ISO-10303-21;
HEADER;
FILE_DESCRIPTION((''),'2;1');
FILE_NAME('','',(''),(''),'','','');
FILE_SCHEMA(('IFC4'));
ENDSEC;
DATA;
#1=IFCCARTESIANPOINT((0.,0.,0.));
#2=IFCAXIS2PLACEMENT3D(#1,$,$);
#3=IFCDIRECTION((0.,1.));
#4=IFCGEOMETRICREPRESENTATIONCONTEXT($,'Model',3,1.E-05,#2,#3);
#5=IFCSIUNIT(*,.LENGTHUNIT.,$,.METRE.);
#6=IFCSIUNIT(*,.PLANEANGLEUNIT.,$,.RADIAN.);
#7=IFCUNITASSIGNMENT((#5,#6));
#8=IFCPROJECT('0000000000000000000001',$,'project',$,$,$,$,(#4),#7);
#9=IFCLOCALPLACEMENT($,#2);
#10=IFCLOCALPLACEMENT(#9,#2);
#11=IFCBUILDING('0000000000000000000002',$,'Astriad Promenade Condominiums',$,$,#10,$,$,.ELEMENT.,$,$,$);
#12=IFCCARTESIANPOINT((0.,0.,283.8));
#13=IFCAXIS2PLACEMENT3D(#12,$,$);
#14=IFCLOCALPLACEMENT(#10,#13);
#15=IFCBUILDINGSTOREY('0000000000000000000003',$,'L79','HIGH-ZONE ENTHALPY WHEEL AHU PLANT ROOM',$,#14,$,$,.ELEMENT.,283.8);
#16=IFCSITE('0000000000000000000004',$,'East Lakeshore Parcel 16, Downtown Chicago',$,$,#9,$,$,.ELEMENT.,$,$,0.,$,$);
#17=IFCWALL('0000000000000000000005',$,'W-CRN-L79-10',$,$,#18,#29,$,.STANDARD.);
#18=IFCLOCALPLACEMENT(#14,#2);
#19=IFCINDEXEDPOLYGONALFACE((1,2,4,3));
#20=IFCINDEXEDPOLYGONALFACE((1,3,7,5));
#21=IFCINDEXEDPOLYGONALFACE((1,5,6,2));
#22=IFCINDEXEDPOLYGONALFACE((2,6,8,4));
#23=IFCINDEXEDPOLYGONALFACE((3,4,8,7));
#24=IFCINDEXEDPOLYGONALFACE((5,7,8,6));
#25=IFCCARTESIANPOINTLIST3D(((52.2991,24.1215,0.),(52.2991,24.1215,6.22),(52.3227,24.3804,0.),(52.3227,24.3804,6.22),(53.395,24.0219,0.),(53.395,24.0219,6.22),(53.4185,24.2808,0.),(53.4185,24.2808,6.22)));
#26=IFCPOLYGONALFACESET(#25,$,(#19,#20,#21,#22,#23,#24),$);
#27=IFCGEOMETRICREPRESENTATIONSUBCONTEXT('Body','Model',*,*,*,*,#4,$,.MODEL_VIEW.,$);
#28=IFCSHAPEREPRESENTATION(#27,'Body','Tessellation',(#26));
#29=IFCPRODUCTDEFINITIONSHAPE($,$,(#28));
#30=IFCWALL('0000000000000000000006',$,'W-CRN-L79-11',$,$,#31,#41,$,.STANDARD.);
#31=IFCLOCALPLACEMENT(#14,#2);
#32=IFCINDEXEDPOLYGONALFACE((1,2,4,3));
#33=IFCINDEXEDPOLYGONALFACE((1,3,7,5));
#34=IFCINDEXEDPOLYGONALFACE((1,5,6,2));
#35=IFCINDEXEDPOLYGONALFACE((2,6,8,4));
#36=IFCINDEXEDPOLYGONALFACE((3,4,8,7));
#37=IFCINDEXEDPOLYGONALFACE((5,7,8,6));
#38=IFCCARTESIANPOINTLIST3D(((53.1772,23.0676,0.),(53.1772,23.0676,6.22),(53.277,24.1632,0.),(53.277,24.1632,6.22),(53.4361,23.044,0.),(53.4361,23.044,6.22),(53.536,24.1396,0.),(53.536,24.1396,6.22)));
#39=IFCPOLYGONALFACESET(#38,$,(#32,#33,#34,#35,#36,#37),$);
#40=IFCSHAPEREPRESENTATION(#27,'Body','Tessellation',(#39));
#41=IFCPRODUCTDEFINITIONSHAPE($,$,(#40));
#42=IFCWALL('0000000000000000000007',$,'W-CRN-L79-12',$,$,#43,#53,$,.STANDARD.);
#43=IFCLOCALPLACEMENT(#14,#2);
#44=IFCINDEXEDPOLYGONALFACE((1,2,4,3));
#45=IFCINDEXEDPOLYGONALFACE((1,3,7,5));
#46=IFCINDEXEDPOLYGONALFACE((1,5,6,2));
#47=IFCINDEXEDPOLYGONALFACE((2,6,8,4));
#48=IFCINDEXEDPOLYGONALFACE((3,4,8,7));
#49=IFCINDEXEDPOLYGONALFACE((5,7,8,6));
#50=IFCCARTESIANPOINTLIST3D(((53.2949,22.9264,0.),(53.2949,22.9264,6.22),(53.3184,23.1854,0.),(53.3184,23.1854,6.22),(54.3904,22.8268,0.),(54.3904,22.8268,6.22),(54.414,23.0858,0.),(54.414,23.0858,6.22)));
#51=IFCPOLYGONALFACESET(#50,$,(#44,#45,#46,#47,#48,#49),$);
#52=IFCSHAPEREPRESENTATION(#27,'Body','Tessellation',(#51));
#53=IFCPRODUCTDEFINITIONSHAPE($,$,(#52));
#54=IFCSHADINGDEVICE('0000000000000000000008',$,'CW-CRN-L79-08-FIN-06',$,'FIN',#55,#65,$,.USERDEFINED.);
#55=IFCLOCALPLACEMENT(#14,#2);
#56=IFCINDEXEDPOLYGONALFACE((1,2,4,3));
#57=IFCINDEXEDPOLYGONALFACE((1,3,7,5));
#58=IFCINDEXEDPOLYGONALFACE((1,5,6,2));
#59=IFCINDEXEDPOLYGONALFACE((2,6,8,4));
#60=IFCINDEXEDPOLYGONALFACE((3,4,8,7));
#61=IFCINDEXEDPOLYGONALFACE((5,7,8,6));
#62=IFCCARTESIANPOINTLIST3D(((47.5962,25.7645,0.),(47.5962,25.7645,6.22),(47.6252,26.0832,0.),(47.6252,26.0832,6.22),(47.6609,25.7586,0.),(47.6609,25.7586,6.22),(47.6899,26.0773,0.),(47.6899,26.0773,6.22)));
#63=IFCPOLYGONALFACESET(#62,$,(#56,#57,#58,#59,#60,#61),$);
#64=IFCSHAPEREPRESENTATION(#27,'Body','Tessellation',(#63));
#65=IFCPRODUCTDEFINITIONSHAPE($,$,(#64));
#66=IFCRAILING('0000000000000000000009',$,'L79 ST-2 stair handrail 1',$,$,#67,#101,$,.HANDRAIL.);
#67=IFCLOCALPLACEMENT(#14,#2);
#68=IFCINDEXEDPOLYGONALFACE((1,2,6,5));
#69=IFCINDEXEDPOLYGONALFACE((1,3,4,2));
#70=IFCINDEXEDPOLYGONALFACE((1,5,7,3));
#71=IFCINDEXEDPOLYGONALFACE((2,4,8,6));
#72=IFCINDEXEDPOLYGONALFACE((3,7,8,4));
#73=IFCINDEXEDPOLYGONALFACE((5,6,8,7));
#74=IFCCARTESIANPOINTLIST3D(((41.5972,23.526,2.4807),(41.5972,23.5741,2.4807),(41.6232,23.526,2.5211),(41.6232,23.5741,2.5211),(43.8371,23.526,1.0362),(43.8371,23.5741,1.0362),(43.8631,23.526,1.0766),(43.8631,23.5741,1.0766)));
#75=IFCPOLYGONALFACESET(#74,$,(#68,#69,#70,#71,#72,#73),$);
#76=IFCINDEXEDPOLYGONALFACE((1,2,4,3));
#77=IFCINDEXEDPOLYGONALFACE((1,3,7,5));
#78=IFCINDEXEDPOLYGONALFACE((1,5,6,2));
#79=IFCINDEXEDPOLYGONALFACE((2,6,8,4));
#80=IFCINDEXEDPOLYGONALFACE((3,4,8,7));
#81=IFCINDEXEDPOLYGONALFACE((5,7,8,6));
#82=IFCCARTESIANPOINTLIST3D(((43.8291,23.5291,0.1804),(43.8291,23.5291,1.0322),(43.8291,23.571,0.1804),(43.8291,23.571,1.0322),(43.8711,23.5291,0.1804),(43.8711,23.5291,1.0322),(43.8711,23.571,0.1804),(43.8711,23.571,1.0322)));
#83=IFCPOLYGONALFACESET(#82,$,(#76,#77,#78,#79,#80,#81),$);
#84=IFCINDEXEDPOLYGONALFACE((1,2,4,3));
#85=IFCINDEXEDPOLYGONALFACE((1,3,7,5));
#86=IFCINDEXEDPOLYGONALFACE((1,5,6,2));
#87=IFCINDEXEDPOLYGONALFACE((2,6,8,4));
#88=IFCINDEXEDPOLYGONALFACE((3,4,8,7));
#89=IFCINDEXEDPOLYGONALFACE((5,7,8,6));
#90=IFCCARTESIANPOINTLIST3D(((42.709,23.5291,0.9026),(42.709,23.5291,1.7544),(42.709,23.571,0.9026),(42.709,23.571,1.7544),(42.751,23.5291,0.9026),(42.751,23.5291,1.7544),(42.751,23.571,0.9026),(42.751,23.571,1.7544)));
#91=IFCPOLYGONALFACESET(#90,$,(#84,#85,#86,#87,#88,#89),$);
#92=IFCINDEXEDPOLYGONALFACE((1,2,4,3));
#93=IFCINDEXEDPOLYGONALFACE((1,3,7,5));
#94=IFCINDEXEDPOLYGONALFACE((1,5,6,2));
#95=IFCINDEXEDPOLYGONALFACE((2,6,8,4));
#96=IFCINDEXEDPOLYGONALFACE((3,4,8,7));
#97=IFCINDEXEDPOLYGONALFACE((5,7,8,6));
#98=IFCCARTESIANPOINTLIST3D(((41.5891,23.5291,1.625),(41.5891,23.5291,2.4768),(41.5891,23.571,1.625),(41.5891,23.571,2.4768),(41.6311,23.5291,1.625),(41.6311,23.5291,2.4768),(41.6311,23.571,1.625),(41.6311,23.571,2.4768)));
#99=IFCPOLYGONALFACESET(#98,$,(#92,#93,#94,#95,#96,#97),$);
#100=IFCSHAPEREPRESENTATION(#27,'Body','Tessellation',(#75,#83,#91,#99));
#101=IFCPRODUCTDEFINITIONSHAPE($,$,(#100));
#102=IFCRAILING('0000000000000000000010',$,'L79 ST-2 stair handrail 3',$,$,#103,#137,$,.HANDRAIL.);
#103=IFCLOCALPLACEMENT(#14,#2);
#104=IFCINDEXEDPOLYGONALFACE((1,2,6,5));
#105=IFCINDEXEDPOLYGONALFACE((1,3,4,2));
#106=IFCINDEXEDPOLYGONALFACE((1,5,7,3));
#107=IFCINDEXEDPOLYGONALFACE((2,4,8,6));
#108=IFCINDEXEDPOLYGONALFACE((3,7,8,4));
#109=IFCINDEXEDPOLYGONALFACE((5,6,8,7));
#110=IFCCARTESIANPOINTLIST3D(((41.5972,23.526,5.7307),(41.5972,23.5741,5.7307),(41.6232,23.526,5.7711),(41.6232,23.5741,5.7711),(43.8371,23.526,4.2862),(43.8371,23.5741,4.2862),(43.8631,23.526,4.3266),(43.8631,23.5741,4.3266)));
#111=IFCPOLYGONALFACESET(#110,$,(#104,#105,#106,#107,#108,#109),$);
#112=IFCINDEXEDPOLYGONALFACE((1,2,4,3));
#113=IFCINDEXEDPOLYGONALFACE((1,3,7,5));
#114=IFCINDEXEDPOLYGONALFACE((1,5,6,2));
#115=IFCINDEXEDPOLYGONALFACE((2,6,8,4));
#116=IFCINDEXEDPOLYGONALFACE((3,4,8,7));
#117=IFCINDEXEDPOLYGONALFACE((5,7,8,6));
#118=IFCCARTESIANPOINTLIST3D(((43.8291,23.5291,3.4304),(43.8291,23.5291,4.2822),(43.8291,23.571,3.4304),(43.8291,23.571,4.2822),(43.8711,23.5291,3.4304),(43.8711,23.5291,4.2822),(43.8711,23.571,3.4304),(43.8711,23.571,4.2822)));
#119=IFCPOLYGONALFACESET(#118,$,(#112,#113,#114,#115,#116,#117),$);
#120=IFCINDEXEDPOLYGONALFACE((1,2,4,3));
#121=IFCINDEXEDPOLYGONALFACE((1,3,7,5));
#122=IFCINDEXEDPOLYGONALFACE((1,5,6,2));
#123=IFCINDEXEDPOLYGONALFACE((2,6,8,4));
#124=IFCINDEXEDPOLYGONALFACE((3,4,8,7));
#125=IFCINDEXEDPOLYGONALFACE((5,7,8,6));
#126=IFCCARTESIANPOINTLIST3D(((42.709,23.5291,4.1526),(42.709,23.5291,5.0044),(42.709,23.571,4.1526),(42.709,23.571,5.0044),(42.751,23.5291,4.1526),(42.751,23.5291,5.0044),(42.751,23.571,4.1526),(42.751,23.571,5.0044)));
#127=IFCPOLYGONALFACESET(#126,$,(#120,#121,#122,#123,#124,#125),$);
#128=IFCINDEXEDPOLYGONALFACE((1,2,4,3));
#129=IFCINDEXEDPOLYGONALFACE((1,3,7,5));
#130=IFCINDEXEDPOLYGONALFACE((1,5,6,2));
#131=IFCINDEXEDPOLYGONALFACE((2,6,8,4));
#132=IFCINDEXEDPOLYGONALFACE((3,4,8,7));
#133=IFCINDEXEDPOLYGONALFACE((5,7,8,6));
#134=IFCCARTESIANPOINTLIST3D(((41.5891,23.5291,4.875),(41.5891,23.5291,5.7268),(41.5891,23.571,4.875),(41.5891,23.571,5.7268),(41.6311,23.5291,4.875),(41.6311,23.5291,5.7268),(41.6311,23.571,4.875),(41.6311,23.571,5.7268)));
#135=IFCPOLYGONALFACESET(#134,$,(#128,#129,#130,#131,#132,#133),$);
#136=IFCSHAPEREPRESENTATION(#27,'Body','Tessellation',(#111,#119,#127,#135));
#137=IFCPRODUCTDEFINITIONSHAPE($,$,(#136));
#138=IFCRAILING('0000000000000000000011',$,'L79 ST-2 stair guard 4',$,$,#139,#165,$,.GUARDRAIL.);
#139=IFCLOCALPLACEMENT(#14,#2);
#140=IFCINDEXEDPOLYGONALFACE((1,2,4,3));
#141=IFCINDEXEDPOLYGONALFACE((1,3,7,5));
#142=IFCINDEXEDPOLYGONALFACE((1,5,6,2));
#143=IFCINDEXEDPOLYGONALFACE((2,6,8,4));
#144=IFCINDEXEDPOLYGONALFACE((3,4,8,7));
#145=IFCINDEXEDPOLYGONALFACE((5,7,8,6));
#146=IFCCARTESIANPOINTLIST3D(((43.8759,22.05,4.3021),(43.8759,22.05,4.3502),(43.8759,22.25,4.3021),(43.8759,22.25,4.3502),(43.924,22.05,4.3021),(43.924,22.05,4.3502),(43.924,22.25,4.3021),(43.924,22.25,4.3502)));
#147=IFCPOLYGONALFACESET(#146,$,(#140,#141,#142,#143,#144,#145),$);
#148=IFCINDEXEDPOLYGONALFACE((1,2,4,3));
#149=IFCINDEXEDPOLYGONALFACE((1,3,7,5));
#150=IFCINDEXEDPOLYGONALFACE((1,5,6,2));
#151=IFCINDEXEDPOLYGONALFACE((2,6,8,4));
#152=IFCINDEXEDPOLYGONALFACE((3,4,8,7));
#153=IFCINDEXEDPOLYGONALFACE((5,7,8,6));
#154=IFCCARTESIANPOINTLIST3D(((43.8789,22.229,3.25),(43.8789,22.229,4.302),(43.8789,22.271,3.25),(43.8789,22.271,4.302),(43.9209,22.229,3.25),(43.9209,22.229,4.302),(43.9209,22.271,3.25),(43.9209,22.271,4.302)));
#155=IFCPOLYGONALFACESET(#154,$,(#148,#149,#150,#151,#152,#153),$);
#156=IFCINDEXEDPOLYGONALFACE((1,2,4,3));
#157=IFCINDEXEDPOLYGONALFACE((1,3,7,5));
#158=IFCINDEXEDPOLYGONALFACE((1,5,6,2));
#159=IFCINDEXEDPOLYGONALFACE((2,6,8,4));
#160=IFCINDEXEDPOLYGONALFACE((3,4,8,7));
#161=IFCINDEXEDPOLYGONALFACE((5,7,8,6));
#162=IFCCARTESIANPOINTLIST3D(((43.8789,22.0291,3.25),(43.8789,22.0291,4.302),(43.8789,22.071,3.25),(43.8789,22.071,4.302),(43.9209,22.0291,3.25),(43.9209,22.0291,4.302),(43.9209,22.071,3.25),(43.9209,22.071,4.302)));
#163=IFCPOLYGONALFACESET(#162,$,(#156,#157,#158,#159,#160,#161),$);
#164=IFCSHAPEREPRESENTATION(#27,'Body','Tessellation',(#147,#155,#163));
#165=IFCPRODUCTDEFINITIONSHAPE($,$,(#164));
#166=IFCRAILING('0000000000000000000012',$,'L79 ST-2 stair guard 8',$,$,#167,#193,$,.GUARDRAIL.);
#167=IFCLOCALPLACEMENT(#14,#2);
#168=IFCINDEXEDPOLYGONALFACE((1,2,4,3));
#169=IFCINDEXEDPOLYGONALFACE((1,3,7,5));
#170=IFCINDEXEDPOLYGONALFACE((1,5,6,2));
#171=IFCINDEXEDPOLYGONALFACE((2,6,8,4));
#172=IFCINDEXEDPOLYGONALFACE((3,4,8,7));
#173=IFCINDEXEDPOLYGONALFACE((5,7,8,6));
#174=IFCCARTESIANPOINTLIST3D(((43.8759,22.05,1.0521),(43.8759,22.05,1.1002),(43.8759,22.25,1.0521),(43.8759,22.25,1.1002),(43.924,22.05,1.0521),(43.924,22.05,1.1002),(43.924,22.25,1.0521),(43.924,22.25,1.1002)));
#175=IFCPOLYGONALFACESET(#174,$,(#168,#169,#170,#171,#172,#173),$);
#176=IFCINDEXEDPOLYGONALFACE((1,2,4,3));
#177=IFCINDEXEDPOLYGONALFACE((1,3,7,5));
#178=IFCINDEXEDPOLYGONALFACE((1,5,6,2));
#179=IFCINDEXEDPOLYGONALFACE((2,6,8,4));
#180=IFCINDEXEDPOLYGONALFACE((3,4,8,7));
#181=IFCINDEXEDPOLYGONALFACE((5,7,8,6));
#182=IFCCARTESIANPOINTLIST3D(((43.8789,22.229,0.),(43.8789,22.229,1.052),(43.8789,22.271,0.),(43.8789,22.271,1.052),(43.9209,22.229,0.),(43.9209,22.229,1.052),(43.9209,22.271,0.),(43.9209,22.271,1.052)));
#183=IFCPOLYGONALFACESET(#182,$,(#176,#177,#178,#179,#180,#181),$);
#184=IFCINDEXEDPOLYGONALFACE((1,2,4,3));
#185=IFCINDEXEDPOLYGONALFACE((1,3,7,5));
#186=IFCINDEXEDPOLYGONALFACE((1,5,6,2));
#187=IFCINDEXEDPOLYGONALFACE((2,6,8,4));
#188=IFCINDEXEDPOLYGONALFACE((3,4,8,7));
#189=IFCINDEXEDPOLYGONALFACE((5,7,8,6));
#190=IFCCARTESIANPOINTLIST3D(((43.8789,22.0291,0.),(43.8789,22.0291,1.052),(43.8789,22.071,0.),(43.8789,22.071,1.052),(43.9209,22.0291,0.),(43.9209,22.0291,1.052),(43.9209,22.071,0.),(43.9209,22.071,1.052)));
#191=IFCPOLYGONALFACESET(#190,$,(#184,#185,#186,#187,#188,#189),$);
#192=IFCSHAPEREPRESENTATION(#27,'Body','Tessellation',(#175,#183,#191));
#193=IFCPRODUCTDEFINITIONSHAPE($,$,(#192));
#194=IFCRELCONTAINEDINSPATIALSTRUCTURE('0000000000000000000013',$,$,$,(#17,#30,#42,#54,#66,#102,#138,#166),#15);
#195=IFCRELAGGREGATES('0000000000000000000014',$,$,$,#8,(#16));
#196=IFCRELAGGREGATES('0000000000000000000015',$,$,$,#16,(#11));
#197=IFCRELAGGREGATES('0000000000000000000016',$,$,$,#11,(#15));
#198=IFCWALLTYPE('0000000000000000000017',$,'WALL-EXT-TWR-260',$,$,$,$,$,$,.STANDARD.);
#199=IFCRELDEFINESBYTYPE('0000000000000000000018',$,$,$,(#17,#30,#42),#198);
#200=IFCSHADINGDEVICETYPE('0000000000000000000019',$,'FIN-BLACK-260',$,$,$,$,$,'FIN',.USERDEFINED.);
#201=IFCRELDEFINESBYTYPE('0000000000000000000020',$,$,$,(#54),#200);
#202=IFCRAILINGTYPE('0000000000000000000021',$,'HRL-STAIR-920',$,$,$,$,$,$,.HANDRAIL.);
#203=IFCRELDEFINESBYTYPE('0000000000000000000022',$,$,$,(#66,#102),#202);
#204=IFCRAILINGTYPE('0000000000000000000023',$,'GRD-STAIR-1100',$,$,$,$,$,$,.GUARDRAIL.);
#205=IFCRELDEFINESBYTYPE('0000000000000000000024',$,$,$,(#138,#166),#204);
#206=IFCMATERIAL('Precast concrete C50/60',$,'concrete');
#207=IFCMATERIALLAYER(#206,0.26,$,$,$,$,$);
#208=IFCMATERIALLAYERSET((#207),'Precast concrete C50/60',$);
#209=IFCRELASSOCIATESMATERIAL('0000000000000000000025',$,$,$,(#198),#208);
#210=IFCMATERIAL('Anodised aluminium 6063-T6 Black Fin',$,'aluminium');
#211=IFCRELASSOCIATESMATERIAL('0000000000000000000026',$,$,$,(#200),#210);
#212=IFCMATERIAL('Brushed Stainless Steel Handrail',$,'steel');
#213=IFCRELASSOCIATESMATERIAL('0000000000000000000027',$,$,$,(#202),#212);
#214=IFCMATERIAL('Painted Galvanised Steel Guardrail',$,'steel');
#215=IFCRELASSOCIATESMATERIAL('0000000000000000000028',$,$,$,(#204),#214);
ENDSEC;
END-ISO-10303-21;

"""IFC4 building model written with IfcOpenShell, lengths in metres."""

from ifc_helpers import new_model, si_unit, direction, frame, frame_2d, origin, origin_2d, place, context, subcontext, project, spatial, rectangle, extrude, source, transform, mapped, material, layer, layer_set, type_object, type_shapes, element, save


model = new_model("IFC4")

# Units and contexts
model_context = context("Model", 3, precision=1e-05, world=origin(), true_north=direction((0.0, 1.0)))
body_context = subcontext(model_context, "Body", "Model", "MODEL_VIEW")
ifc_project = project(units=[si_unit("LENGTHUNIT", "METRE"), si_unit("PLANEANGLEUNIT", "RADIAN")], contexts=[model_context])

# Site, building, storey
site_placement = place(None, origin())
site = spatial("IfcSite", under=ifc_project, at=site_placement, Name="East Lakeshore Parcel 16, Downtown Chicago", CompositionType="ELEMENT", RefElevation=0.0)
building_placement = place(site_placement, origin())
building = spatial("IfcBuilding", under=site, at=building_placement, Name="Astriad Promenade Condominiums", CompositionType="ELEMENT")
storey_placement = place(building_placement, frame((0.0, 0.0, 283.8)))
storey = spatial("IfcBuildingStorey", under=building, at=storey_placement, Name="L79", Description="HIGH-ZONE ENTHALPY WHEEL AHU PLANT ROOM", CompositionType="ELEMENT", Elevation=283.8)

# Walls
ifc_material_1 = material(Name="Precast concrete C50/60", Category="concrete")
ifc_layer_1 = layer(ifc_material_1, 0.26)
ifc_layer_set_1 = layer_set([ifc_layer_1], Name="Precast concrete C50/60")
wall_type_1 = type_object("IfcWallType", Name="WALL-EXT-TWR-260", PredefinedType="STANDARD", material=ifc_layer_set_1)
wall_1_placement = place(storey_placement, frame((52.3108, 24.251, 0.0), z_axis=(0.0, 0.0, 1.0), x_axis=(0.995893, -0.090536, 0.0)))
element("IfcWall", 1, at=wall_1_placement, inside=storey, type_object=wall_type_1, Name="W-CRN-L79-10", PredefinedType="STANDARD", context=body_context, shape_type="SweptSolid", body=[
    extrude(rectangle(XDim=1.1003, YDim=0.26, at=frame_2d((0.5503, 0.0))), origin(), (0.0, 0.0, 1.0), 6.22),
])
for number, where, z_axis, x_axis, name in (
    (2, (53.4065, 24.1514, 0.0), (0.0, 0.0, 1.0), (-0.090776, -0.995871, 0.0), "W-CRN-L79-11"),
    (3, (53.3066, 23.0559, 0.0), (0.0, 0.0, 1.0), (0.995891, -0.090556, 0.0), "W-CRN-L79-12"),
):
    element("IfcWall", number, at=place(storey_placement, frame(where, z_axis=z_axis, x_axis=x_axis)), inside=storey, type_object=wall_type_1, Name=name, PredefinedType="STANDARD", context=body_context, shape_type="SweptSolid", body=[
        extrude(rectangle(XDim=1.1001, YDim=0.26, at=frame_2d((0.55, 0.0))), origin(), (0.0, 0.0, 1.0), 6.22),
    ])

# Shading device
ifc_material_2 = material(Name="Anodised aluminium 6063-T6 Black Fin", Category="aluminium")
shading_device_type = type_object("IfcShadingDeviceType", Name="FIN-BLACK-260", ElementType="FIN", PredefinedType="USERDEFINED", material=ifc_material_2)
shared_shape_1 = source(origin(), body_context, "Body", "SweptSolid", [
    extrude(rectangle(XDim=0.0649, YDim=0.3201, at=origin_2d()), origin(), (0.0, 0.0, 1.0), 6.22),
])
type_shapes(shading_device_type, [shared_shape_1])
shading_device_placement = place(storey_placement, frame((47.6431, 25.9209, 0.0), z_axis=(0.0, 0.0, 1.0), x_axis=(0.995884, -0.090633, 0.0)))
element("IfcShadingDevice", 4, at=shading_device_placement, inside=storey, type_object=shading_device_type, Name="CW-CRN-L79-08-FIN-06", ObjectType="FIN", PredefinedType="USERDEFINED", context=body_context, shape_type="MappedRepresentation", body=[
    mapped(shared_shape_1, transform((0.0, 0.0, 0.0), scale=1.0)),
])

# Railings
ifc_material_3 = material(Name="Brushed Stainless Steel Handrail", Category="steel")
railing_type_1 = type_object("IfcRailingType", Name="HRL-STAIR-920", PredefinedType="HANDRAIL", material=ifc_material_3)
shared_shape_2 = source(origin(), body_context, "Body", "SweptSolid", [
    extrude(rectangle(XDim=0.0481, YDim=0.0481, at=origin_2d()), frame((0.0, 0.0, 0.876), z_axis=(-0.840395, 0.0, 0.541975), x_axis=(0.0, -1.0, 0.0)), (0.0, 0.0, 1.0), 2.6653),
    extrude(rectangle(XDim=0.042, YDim=0.042, at=origin_2d()), origin(), (0.0, 0.0, 1.0), 0.8518),
    extrude(rectangle(XDim=0.042, YDim=0.042, at=origin_2d()), frame((-1.1201, 0.0, 0.7222)), (0.0, 0.0, 1.0), 0.8518),
    extrude(rectangle(XDim=0.042, YDim=0.042, at=origin_2d()), frame((-2.24, 0.0, 1.4446)), (0.0, 0.0, 1.0), 0.8518),
])
type_shapes(railing_type_1, [shared_shape_2])
for number, where, name in (
    (5, (43.8501, 23.55, 0.1804), "L79 ST-2 stair handrail 1"),
    (6, (43.8501, 23.55, 3.4304), "L79 ST-2 stair handrail 3"),
):
    element("IfcRailing", number, at=place(storey_placement, frame(where)), inside=storey, type_object=railing_type_1, Name=name, PredefinedType="HANDRAIL", context=body_context, shape_type="MappedRepresentation", body=[
        mapped(shared_shape_2, transform((0.0, 0.0, 0.0), scale=1.0)),
    ])
ifc_material_4 = material(Name="Painted Galvanised Steel Guardrail", Category="steel")
railing_type_2 = type_object("IfcRailingType", Name="GRD-STAIR-1100", PredefinedType="GUARDRAIL", material=ifc_material_4)
shared_shape_3 = source(origin(), body_context, "Body", "SweptSolid", [
    extrude(rectangle(XDim=0.0481, YDim=0.0481, at=origin_2d()), frame((0.0, 0.0, 1.0762), z_axis=(0.0, -1.0, 0.0), x_axis=(1.0, 0.0, 0.0)), (0.0, 0.0, 1.0), 0.2),
    extrude(rectangle(XDim=0.042, YDim=0.042, at=origin_2d()), origin(), (0.0, 0.0, 1.0), 1.052),
    extrude(rectangle(XDim=0.042, YDim=0.042, at=origin_2d()), frame((0.0, -0.2, 0.0)), (0.0, 0.0, 1.0), 1.052),
])
type_shapes(railing_type_2, [shared_shape_3])
for number, where, name in (
    (7, (43.8999, 22.25, 3.25), "L79 ST-2 stair guard 4"),
    (8, (43.8999, 22.25, 0.0), "L79 ST-2 stair guard 8"),
):
    element("IfcRailing", number, at=place(storey_placement, frame(where)), inside=storey, type_object=railing_type_2, Name=name, PredefinedType="GUARDRAIL", context=body_context, shape_type="MappedRepresentation", body=[
        mapped(shared_shape_3, transform((0.0, 0.0, 0.0), scale=1.0)),
    ])

save(model, "model.ifc")
